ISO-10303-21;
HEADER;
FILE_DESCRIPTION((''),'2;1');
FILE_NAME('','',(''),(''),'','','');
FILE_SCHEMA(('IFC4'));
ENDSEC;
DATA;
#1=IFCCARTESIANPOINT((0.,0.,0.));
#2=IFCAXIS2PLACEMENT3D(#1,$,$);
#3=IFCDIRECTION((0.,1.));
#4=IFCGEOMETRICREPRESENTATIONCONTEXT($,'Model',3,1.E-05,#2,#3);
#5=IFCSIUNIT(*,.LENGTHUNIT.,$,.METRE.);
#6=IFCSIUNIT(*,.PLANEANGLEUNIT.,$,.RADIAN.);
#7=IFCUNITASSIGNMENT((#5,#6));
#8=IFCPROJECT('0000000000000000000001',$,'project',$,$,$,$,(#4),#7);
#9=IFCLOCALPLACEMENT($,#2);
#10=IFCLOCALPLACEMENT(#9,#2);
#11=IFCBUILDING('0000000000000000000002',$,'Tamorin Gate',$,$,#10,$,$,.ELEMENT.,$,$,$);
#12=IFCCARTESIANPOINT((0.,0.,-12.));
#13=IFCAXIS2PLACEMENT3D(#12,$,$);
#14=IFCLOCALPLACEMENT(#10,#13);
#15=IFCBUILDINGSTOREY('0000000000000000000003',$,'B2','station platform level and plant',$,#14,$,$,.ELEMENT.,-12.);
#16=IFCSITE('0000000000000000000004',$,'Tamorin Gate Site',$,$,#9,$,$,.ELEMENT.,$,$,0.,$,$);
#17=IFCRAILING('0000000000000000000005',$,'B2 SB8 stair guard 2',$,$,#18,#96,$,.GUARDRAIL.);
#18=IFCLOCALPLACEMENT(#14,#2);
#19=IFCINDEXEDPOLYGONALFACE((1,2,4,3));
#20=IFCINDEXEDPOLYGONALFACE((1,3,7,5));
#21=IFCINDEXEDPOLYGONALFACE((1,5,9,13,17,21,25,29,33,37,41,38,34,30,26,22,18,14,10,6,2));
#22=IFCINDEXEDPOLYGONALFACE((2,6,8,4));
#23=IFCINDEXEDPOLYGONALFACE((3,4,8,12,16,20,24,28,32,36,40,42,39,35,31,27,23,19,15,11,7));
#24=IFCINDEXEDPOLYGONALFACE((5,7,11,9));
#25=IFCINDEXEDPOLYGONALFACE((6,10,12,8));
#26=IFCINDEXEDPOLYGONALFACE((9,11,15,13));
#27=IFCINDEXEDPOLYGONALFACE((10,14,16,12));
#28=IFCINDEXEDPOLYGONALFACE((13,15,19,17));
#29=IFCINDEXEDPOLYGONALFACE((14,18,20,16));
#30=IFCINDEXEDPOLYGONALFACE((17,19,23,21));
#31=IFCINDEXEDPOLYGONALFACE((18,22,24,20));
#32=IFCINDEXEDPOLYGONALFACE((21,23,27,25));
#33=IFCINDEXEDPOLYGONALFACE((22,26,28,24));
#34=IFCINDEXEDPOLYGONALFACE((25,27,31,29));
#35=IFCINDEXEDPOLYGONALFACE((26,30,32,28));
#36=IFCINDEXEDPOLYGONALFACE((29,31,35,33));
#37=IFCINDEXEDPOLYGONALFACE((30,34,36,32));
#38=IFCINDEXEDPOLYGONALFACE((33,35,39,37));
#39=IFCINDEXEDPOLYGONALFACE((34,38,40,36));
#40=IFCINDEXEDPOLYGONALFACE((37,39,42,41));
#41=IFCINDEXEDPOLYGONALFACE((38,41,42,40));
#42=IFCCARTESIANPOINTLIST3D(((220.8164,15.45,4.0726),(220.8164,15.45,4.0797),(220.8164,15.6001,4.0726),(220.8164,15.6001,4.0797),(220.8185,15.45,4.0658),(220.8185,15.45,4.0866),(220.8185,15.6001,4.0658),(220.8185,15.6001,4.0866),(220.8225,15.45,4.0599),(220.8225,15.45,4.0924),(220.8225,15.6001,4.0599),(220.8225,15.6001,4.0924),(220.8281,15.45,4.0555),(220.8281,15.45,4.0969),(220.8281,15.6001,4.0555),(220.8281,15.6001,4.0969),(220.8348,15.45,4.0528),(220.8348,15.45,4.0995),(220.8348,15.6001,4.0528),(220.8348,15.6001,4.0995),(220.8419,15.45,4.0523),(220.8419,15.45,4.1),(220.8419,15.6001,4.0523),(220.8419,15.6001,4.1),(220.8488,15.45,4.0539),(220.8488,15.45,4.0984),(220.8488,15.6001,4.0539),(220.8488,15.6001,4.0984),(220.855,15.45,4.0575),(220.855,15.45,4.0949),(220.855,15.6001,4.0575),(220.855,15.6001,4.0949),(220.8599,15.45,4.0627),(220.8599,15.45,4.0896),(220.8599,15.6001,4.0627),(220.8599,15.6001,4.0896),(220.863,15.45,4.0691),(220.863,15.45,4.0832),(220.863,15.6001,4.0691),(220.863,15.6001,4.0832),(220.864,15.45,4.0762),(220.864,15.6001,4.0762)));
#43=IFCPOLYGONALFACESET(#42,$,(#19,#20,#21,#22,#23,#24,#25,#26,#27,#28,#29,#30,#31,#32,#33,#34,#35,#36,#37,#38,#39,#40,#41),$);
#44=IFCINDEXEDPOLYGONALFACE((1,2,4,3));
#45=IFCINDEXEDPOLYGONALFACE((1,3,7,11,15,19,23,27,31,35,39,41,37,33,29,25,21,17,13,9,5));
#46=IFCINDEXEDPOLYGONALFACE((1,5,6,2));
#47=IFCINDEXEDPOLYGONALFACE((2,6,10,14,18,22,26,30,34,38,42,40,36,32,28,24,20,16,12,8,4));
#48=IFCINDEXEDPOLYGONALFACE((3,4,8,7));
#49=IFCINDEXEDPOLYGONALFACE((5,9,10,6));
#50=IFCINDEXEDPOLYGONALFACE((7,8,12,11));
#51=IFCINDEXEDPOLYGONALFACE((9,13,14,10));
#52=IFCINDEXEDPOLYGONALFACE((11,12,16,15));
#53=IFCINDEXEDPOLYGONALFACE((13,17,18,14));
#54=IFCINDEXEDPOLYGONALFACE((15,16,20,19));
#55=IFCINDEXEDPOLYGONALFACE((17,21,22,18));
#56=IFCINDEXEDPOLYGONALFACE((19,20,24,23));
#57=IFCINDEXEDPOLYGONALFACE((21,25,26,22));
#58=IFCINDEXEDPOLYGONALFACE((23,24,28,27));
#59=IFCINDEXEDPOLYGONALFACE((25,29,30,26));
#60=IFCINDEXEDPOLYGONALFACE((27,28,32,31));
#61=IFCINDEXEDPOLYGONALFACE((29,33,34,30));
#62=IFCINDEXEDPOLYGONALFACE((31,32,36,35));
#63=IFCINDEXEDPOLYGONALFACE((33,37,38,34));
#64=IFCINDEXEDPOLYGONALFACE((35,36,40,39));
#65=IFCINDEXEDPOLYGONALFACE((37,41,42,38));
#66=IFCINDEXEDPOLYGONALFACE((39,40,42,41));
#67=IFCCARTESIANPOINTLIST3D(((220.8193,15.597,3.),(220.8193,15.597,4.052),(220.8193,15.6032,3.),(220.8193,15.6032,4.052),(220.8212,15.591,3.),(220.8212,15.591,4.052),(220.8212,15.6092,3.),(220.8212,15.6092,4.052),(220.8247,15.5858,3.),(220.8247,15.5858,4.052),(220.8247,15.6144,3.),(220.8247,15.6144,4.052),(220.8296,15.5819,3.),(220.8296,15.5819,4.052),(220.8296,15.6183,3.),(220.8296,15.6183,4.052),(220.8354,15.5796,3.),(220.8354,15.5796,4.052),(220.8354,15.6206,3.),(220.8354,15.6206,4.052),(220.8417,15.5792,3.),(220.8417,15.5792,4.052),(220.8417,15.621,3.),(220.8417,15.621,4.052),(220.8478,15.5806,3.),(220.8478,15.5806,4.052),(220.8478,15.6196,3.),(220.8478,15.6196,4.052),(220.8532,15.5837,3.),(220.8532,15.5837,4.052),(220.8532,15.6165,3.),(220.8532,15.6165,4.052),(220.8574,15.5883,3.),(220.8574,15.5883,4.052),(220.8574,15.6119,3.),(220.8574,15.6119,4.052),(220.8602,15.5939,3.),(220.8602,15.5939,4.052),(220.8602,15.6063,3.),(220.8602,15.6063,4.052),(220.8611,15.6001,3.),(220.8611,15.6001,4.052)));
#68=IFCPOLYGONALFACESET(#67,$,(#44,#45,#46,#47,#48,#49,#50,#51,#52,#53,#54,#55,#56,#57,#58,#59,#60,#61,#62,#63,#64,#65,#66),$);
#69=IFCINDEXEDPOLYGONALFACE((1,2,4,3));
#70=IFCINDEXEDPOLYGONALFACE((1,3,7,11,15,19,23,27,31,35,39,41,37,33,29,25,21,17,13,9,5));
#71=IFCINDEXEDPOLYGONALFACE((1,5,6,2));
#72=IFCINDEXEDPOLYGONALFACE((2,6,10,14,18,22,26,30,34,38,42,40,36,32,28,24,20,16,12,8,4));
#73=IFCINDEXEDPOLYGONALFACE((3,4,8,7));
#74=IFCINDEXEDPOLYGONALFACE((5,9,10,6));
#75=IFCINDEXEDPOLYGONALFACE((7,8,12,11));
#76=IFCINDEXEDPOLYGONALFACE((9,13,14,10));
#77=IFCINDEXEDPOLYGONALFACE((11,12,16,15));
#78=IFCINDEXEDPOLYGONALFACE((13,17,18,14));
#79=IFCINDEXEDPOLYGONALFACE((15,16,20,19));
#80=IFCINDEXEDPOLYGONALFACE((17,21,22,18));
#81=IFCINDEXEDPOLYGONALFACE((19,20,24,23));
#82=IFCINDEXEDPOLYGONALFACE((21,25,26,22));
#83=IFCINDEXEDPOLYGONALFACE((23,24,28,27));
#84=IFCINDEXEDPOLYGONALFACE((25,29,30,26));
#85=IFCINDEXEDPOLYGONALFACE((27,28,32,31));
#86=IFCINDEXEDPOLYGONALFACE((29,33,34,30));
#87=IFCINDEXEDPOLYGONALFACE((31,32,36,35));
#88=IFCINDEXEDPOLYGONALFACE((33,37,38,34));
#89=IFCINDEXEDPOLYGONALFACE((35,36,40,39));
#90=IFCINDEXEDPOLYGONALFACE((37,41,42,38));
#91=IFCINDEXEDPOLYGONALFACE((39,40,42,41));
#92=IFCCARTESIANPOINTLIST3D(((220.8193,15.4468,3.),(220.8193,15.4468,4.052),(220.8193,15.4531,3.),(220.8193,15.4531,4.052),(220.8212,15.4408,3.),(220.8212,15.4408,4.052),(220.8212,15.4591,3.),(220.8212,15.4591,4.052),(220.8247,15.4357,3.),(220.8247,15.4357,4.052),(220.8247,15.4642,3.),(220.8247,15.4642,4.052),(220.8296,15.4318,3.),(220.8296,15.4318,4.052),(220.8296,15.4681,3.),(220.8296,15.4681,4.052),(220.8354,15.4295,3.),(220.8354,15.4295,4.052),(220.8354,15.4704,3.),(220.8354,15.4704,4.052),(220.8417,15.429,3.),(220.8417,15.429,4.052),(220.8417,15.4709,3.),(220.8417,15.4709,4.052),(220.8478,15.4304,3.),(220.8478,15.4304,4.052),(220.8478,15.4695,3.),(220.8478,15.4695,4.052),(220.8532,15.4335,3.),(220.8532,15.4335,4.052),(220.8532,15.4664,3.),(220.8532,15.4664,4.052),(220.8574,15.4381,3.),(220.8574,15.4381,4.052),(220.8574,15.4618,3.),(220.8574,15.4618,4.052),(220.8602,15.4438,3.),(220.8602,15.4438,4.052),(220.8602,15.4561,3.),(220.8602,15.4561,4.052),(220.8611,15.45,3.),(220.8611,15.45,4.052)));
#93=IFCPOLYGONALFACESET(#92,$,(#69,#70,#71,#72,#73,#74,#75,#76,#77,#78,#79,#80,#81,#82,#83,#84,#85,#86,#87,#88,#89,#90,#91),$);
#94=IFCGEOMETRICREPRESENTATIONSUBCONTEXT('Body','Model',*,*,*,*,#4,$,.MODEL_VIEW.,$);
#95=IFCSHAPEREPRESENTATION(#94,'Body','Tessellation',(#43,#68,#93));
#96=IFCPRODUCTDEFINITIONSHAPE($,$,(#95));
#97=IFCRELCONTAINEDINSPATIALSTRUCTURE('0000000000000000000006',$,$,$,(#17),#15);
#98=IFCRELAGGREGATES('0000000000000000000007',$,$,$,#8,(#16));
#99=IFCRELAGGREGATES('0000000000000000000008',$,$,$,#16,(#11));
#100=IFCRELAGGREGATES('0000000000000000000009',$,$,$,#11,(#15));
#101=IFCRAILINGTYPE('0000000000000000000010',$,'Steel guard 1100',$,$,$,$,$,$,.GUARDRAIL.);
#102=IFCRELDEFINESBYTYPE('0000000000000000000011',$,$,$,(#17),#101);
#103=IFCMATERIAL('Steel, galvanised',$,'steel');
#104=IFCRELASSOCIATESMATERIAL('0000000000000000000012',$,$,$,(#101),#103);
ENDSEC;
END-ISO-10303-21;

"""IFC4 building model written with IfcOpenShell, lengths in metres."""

from ifc_helpers import new_model, si_unit, direction, frame, origin, origin_2d, place, context, subcontext, project, spatial, circle, extrude, material, type_object, element, save


model = new_model("IFC4")

# Units and contexts
model_context = context("Model", 3, precision=1e-05, world=origin(), true_north=direction((0.0, 1.0)))
body_context = subcontext(model_context, "Body", "Model", "MODEL_VIEW")
ifc_project = project(units=[si_unit("LENGTHUNIT", "METRE"), si_unit("PLANEANGLEUNIT", "RADIAN")], contexts=[model_context])

# Site, building, storey
site_placement = place(None, origin())
site = spatial("IfcSite", under=ifc_project, at=site_placement, Name="Tamorin Gate Site", CompositionType="ELEMENT", RefElevation=0.0)
building_placement = place(site_placement, origin())
building = spatial("IfcBuilding", under=site, at=building_placement, Name="Tamorin Gate", CompositionType="ELEMENT")
storey_placement = place(building_placement, frame((0.0, 0.0, -12.0)))
storey = spatial("IfcBuildingStorey", under=building, at=storey_placement, Name="B2", Description="station platform level and plant", CompositionType="ELEMENT", Elevation=-12.0)

# Railing
ifc_material_1 = material(Name="Steel, galvanised", Category="steel")
railing_type_1 = type_object("IfcRailingType", Name="Steel guard 1100", PredefinedType="GUARDRAIL", material=ifc_material_1)
railing_1_placement = place(storey_placement, frame((220.8401, 15.6001, 3.0)))
element("IfcRailing", 1, at=railing_1_placement, inside=storey, type_object=railing_type_1, Name="B2 SB8 stair guard 2", PredefinedType="GUARDRAIL", context=body_context, shape_type="SweptSolid", body=[
    extrude(circle(Radius=0.0239, at=origin_2d()), frame((0.0, 0.0, 1.0762), z_axis=(0.0, -1.0, 0.0), x_axis=(1.0, 0.0, 0.0)), (0.0, 0.0, 1.0), 0.1501),
    extrude(circle(Radius=0.021, at=origin_2d()), origin(), (0.0, 0.0, 1.0), 1.052),
    extrude(circle(Radius=0.021, at=origin_2d()), frame((0.0, -0.1501, 0.0)), (0.0, 0.0, 1.0), 1.052),
])

save(model, "model.ifc")
